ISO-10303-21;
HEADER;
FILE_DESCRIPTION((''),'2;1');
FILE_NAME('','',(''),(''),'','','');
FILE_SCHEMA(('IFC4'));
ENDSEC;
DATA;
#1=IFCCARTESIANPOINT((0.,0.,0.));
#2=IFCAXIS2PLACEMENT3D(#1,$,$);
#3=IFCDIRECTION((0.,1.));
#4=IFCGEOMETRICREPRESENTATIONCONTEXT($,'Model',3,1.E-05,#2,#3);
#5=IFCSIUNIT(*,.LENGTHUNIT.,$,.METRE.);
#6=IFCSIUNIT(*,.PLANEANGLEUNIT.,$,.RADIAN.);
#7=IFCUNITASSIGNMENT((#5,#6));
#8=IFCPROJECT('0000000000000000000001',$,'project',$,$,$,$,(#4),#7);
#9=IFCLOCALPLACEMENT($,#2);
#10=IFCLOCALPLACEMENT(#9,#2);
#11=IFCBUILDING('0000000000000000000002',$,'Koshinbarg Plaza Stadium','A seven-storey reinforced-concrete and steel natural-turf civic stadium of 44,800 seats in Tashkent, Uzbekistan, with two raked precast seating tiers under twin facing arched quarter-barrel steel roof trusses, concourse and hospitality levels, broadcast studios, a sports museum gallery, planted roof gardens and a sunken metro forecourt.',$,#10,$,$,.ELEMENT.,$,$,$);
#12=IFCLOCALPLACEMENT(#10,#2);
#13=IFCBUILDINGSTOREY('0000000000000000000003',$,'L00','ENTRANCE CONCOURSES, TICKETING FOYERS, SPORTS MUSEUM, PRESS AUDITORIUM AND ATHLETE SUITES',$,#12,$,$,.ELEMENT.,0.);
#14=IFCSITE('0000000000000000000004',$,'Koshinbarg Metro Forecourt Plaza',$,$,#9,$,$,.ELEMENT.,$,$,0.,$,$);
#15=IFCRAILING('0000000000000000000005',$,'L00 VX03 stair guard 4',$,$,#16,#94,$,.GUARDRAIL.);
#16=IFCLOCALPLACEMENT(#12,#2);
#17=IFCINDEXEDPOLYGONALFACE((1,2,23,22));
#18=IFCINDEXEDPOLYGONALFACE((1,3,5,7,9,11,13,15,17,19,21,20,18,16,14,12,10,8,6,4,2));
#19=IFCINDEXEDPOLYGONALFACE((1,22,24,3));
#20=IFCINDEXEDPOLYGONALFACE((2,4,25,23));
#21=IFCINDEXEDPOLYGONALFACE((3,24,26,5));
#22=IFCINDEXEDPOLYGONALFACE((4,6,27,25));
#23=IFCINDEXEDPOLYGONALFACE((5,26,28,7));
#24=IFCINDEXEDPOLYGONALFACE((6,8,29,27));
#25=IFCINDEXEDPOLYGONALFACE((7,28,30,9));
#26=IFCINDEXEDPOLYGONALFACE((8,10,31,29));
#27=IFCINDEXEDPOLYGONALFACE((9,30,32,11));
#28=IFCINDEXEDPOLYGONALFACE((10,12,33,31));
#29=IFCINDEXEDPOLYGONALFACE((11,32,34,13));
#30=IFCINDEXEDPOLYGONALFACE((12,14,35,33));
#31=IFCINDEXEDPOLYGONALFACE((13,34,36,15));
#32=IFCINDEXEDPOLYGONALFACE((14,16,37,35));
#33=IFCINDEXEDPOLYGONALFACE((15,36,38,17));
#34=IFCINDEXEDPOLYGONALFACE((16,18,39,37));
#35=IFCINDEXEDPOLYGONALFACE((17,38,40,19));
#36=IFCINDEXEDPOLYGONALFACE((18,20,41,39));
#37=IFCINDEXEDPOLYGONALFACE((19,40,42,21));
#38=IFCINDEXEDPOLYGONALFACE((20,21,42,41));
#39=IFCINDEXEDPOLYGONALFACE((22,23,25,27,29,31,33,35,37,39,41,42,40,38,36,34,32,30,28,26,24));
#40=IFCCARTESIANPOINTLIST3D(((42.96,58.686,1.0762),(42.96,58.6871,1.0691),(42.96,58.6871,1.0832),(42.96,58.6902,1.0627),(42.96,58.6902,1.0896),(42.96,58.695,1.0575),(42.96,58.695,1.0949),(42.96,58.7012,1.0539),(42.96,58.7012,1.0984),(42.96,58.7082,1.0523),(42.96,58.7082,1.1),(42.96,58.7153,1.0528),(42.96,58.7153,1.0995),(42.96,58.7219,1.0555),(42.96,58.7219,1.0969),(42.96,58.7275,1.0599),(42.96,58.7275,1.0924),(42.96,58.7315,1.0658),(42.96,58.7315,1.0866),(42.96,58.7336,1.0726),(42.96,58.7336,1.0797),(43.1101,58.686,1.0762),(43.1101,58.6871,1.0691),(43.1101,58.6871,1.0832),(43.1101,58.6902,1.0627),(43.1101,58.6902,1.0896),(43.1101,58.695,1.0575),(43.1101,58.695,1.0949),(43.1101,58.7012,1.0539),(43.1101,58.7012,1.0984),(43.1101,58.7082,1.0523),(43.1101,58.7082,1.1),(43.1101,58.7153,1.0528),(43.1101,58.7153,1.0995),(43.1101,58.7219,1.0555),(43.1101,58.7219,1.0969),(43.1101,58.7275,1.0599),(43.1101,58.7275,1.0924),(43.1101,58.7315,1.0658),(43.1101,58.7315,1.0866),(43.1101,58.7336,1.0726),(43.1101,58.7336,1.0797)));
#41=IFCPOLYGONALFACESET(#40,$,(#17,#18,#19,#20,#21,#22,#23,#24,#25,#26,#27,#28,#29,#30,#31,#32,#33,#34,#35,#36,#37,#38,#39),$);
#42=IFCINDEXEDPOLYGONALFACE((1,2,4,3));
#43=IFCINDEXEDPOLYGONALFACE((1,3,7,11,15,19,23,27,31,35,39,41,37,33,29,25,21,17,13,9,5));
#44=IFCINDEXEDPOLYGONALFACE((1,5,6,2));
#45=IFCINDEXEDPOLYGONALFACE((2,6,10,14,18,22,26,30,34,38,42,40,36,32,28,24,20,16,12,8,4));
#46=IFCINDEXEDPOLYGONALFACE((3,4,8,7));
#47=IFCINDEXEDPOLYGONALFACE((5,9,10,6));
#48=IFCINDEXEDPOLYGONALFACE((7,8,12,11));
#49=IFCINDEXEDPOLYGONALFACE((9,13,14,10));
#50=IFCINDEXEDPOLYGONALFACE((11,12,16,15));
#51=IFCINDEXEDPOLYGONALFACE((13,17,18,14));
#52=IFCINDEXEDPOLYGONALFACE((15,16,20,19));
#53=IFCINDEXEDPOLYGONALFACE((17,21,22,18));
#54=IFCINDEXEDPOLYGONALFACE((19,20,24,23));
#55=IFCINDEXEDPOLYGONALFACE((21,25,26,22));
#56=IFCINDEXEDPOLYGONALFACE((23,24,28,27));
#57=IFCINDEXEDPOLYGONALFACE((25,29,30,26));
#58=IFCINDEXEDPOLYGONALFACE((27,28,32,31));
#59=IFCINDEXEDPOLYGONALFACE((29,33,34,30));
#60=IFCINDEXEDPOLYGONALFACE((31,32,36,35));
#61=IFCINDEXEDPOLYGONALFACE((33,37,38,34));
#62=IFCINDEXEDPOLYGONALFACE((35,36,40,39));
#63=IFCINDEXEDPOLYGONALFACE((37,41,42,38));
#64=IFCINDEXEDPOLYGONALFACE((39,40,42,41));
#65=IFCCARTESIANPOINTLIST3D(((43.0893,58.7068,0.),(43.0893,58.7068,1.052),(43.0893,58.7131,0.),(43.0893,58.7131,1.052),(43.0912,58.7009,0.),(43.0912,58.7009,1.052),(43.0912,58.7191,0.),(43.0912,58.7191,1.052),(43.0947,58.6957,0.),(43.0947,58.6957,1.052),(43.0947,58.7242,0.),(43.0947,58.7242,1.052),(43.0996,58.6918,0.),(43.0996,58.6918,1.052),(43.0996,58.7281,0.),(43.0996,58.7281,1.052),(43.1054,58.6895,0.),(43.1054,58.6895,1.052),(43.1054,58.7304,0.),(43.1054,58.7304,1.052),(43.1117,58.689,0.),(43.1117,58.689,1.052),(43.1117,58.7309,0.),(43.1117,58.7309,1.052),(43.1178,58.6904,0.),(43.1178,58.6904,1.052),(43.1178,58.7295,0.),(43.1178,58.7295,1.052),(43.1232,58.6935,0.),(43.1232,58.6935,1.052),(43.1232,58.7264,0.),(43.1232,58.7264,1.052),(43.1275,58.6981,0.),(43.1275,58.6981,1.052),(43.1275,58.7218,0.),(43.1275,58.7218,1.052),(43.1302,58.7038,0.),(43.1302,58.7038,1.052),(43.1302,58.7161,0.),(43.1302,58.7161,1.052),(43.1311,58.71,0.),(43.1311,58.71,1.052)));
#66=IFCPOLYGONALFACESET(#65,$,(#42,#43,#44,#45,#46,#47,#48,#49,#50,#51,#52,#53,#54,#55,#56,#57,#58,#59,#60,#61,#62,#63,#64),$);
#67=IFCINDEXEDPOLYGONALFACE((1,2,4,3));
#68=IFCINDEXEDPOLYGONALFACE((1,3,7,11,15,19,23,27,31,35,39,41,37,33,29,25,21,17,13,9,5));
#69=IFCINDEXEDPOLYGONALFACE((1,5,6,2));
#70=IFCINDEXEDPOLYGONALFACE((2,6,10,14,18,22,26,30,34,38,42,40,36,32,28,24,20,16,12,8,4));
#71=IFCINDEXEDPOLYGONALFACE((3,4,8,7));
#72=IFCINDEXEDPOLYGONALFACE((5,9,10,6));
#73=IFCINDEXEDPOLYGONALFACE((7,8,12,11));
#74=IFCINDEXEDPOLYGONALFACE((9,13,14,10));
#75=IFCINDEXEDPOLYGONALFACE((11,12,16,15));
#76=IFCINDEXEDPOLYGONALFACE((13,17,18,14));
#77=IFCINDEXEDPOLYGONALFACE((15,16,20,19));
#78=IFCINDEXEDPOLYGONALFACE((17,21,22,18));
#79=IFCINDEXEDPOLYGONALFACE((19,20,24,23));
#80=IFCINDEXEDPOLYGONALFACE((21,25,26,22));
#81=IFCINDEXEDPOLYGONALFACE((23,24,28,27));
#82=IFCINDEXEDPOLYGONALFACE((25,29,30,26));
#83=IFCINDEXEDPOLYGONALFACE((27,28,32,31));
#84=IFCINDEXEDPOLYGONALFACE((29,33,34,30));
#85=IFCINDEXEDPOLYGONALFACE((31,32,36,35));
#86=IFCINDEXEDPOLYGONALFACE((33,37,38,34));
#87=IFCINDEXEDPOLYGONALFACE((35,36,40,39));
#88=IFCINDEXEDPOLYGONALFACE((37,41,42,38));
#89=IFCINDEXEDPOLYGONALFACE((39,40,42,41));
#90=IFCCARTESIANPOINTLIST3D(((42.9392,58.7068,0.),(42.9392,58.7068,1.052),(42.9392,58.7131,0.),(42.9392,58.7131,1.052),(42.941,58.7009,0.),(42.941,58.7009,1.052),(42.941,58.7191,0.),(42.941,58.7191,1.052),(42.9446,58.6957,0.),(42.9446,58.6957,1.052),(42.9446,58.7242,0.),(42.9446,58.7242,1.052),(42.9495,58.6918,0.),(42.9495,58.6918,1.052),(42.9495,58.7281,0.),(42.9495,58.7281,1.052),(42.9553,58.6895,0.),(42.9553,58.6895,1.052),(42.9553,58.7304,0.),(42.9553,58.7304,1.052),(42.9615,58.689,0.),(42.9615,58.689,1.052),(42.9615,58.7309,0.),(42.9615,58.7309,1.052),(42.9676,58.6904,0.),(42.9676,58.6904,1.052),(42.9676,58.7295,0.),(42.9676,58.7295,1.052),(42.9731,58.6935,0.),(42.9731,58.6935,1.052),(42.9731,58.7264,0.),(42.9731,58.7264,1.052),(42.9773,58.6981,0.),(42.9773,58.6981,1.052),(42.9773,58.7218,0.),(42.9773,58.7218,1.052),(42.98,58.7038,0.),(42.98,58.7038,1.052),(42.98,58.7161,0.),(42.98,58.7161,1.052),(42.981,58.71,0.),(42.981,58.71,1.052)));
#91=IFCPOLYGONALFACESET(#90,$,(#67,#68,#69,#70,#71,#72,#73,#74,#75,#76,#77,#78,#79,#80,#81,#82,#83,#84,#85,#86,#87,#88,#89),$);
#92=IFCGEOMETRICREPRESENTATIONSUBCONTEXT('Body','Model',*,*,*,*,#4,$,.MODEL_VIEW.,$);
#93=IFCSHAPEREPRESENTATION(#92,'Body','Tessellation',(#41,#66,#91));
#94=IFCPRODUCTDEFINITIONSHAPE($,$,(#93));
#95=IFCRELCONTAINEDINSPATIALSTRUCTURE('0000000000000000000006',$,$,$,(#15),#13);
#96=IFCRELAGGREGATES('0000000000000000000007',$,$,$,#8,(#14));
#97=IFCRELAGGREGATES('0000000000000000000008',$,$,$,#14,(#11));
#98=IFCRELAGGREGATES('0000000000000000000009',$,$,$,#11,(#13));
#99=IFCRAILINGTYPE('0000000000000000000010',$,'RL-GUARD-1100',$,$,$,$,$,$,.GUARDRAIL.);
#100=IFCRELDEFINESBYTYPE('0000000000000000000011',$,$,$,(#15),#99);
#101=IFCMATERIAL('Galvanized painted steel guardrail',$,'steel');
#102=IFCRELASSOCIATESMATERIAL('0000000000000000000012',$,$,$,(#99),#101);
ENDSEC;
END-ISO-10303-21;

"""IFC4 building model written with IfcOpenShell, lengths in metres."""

from ifc_helpers import new_model, si_unit, direction, frame, origin, origin_2d, place, context, subcontext, project, spatial, circle, extrude, material, type_object, element, save


model = new_model("IFC4")

# Units and contexts
model_context = context("Model", 3, precision=1e-05, world=origin(), true_north=direction((0.0, 1.0)))
body_context = subcontext(model_context, "Body", "Model", "MODEL_VIEW")
ifc_project = project(units=[si_unit("LENGTHUNIT", "METRE"), si_unit("PLANEANGLEUNIT", "RADIAN")], contexts=[model_context])

# Site, building, storey
site_placement = place(None, origin())
site = spatial("IfcSite", under=ifc_project, at=site_placement, Name="Koshinbarg Metro Forecourt Plaza", CompositionType="ELEMENT", RefElevation=0.0)
building_placement = place(site_placement, origin())
building = spatial("IfcBuilding", under=site, at=building_placement, Name="Koshinbarg Plaza Stadium", Description="A seven-storey reinforced-concrete and steel natural-turf civic stadium of 44,800 seats in Tashkent, Uzbekistan, with two raked precast seating tiers under twin facing arched quarter-barrel steel roof trusses, concourse and hospitality levels, broadcast studios, a sports museum gallery, planted roof gardens and a sunken metro forecourt.", CompositionType="ELEMENT")
storey_placement = place(building_placement, origin())
storey = spatial("IfcBuildingStorey", under=building, at=storey_placement, Name="L00", Description="ENTRANCE CONCOURSES, TICKETING FOYERS, SPORTS MUSEUM, PRESS AUDITORIUM AND ATHLETE SUITES", CompositionType="ELEMENT", Elevation=0.0)

# Railing
ifc_material_1 = material(Name="Galvanized painted steel guardrail", Category="steel")
railing_type_1 = type_object("IfcRailingType", Name="RL-GUARD-1100", PredefinedType="GUARDRAIL", material=ifc_material_1)
railing_1_placement = place(storey_placement, frame((43.1101, 58.71, 0.0)))
element("IfcRailing", 1, at=railing_1_placement, inside=storey, type_object=railing_type_1, Name="L00 VX03 stair guard 4", PredefinedType="GUARDRAIL", context=body_context, shape_type="SweptSolid", body=[
    extrude(circle(Radius=0.0239, at=origin_2d()), frame((0.0, 0.0, 1.0762), z_axis=(-1.0, 0.0, 0.0), x_axis=(0.0, -1.0, 0.0)), (0.0, 0.0, 1.0), 0.1501),
    extrude(circle(Radius=0.021, at=origin_2d()), origin(), (0.0, 0.0, 1.0), 1.052),
    extrude(circle(Radius=0.021, at=origin_2d()), frame((-0.1501, 0.0, 0.0)), (0.0, 0.0, 1.0), 1.052),
])

save(model, "model.ifc")
